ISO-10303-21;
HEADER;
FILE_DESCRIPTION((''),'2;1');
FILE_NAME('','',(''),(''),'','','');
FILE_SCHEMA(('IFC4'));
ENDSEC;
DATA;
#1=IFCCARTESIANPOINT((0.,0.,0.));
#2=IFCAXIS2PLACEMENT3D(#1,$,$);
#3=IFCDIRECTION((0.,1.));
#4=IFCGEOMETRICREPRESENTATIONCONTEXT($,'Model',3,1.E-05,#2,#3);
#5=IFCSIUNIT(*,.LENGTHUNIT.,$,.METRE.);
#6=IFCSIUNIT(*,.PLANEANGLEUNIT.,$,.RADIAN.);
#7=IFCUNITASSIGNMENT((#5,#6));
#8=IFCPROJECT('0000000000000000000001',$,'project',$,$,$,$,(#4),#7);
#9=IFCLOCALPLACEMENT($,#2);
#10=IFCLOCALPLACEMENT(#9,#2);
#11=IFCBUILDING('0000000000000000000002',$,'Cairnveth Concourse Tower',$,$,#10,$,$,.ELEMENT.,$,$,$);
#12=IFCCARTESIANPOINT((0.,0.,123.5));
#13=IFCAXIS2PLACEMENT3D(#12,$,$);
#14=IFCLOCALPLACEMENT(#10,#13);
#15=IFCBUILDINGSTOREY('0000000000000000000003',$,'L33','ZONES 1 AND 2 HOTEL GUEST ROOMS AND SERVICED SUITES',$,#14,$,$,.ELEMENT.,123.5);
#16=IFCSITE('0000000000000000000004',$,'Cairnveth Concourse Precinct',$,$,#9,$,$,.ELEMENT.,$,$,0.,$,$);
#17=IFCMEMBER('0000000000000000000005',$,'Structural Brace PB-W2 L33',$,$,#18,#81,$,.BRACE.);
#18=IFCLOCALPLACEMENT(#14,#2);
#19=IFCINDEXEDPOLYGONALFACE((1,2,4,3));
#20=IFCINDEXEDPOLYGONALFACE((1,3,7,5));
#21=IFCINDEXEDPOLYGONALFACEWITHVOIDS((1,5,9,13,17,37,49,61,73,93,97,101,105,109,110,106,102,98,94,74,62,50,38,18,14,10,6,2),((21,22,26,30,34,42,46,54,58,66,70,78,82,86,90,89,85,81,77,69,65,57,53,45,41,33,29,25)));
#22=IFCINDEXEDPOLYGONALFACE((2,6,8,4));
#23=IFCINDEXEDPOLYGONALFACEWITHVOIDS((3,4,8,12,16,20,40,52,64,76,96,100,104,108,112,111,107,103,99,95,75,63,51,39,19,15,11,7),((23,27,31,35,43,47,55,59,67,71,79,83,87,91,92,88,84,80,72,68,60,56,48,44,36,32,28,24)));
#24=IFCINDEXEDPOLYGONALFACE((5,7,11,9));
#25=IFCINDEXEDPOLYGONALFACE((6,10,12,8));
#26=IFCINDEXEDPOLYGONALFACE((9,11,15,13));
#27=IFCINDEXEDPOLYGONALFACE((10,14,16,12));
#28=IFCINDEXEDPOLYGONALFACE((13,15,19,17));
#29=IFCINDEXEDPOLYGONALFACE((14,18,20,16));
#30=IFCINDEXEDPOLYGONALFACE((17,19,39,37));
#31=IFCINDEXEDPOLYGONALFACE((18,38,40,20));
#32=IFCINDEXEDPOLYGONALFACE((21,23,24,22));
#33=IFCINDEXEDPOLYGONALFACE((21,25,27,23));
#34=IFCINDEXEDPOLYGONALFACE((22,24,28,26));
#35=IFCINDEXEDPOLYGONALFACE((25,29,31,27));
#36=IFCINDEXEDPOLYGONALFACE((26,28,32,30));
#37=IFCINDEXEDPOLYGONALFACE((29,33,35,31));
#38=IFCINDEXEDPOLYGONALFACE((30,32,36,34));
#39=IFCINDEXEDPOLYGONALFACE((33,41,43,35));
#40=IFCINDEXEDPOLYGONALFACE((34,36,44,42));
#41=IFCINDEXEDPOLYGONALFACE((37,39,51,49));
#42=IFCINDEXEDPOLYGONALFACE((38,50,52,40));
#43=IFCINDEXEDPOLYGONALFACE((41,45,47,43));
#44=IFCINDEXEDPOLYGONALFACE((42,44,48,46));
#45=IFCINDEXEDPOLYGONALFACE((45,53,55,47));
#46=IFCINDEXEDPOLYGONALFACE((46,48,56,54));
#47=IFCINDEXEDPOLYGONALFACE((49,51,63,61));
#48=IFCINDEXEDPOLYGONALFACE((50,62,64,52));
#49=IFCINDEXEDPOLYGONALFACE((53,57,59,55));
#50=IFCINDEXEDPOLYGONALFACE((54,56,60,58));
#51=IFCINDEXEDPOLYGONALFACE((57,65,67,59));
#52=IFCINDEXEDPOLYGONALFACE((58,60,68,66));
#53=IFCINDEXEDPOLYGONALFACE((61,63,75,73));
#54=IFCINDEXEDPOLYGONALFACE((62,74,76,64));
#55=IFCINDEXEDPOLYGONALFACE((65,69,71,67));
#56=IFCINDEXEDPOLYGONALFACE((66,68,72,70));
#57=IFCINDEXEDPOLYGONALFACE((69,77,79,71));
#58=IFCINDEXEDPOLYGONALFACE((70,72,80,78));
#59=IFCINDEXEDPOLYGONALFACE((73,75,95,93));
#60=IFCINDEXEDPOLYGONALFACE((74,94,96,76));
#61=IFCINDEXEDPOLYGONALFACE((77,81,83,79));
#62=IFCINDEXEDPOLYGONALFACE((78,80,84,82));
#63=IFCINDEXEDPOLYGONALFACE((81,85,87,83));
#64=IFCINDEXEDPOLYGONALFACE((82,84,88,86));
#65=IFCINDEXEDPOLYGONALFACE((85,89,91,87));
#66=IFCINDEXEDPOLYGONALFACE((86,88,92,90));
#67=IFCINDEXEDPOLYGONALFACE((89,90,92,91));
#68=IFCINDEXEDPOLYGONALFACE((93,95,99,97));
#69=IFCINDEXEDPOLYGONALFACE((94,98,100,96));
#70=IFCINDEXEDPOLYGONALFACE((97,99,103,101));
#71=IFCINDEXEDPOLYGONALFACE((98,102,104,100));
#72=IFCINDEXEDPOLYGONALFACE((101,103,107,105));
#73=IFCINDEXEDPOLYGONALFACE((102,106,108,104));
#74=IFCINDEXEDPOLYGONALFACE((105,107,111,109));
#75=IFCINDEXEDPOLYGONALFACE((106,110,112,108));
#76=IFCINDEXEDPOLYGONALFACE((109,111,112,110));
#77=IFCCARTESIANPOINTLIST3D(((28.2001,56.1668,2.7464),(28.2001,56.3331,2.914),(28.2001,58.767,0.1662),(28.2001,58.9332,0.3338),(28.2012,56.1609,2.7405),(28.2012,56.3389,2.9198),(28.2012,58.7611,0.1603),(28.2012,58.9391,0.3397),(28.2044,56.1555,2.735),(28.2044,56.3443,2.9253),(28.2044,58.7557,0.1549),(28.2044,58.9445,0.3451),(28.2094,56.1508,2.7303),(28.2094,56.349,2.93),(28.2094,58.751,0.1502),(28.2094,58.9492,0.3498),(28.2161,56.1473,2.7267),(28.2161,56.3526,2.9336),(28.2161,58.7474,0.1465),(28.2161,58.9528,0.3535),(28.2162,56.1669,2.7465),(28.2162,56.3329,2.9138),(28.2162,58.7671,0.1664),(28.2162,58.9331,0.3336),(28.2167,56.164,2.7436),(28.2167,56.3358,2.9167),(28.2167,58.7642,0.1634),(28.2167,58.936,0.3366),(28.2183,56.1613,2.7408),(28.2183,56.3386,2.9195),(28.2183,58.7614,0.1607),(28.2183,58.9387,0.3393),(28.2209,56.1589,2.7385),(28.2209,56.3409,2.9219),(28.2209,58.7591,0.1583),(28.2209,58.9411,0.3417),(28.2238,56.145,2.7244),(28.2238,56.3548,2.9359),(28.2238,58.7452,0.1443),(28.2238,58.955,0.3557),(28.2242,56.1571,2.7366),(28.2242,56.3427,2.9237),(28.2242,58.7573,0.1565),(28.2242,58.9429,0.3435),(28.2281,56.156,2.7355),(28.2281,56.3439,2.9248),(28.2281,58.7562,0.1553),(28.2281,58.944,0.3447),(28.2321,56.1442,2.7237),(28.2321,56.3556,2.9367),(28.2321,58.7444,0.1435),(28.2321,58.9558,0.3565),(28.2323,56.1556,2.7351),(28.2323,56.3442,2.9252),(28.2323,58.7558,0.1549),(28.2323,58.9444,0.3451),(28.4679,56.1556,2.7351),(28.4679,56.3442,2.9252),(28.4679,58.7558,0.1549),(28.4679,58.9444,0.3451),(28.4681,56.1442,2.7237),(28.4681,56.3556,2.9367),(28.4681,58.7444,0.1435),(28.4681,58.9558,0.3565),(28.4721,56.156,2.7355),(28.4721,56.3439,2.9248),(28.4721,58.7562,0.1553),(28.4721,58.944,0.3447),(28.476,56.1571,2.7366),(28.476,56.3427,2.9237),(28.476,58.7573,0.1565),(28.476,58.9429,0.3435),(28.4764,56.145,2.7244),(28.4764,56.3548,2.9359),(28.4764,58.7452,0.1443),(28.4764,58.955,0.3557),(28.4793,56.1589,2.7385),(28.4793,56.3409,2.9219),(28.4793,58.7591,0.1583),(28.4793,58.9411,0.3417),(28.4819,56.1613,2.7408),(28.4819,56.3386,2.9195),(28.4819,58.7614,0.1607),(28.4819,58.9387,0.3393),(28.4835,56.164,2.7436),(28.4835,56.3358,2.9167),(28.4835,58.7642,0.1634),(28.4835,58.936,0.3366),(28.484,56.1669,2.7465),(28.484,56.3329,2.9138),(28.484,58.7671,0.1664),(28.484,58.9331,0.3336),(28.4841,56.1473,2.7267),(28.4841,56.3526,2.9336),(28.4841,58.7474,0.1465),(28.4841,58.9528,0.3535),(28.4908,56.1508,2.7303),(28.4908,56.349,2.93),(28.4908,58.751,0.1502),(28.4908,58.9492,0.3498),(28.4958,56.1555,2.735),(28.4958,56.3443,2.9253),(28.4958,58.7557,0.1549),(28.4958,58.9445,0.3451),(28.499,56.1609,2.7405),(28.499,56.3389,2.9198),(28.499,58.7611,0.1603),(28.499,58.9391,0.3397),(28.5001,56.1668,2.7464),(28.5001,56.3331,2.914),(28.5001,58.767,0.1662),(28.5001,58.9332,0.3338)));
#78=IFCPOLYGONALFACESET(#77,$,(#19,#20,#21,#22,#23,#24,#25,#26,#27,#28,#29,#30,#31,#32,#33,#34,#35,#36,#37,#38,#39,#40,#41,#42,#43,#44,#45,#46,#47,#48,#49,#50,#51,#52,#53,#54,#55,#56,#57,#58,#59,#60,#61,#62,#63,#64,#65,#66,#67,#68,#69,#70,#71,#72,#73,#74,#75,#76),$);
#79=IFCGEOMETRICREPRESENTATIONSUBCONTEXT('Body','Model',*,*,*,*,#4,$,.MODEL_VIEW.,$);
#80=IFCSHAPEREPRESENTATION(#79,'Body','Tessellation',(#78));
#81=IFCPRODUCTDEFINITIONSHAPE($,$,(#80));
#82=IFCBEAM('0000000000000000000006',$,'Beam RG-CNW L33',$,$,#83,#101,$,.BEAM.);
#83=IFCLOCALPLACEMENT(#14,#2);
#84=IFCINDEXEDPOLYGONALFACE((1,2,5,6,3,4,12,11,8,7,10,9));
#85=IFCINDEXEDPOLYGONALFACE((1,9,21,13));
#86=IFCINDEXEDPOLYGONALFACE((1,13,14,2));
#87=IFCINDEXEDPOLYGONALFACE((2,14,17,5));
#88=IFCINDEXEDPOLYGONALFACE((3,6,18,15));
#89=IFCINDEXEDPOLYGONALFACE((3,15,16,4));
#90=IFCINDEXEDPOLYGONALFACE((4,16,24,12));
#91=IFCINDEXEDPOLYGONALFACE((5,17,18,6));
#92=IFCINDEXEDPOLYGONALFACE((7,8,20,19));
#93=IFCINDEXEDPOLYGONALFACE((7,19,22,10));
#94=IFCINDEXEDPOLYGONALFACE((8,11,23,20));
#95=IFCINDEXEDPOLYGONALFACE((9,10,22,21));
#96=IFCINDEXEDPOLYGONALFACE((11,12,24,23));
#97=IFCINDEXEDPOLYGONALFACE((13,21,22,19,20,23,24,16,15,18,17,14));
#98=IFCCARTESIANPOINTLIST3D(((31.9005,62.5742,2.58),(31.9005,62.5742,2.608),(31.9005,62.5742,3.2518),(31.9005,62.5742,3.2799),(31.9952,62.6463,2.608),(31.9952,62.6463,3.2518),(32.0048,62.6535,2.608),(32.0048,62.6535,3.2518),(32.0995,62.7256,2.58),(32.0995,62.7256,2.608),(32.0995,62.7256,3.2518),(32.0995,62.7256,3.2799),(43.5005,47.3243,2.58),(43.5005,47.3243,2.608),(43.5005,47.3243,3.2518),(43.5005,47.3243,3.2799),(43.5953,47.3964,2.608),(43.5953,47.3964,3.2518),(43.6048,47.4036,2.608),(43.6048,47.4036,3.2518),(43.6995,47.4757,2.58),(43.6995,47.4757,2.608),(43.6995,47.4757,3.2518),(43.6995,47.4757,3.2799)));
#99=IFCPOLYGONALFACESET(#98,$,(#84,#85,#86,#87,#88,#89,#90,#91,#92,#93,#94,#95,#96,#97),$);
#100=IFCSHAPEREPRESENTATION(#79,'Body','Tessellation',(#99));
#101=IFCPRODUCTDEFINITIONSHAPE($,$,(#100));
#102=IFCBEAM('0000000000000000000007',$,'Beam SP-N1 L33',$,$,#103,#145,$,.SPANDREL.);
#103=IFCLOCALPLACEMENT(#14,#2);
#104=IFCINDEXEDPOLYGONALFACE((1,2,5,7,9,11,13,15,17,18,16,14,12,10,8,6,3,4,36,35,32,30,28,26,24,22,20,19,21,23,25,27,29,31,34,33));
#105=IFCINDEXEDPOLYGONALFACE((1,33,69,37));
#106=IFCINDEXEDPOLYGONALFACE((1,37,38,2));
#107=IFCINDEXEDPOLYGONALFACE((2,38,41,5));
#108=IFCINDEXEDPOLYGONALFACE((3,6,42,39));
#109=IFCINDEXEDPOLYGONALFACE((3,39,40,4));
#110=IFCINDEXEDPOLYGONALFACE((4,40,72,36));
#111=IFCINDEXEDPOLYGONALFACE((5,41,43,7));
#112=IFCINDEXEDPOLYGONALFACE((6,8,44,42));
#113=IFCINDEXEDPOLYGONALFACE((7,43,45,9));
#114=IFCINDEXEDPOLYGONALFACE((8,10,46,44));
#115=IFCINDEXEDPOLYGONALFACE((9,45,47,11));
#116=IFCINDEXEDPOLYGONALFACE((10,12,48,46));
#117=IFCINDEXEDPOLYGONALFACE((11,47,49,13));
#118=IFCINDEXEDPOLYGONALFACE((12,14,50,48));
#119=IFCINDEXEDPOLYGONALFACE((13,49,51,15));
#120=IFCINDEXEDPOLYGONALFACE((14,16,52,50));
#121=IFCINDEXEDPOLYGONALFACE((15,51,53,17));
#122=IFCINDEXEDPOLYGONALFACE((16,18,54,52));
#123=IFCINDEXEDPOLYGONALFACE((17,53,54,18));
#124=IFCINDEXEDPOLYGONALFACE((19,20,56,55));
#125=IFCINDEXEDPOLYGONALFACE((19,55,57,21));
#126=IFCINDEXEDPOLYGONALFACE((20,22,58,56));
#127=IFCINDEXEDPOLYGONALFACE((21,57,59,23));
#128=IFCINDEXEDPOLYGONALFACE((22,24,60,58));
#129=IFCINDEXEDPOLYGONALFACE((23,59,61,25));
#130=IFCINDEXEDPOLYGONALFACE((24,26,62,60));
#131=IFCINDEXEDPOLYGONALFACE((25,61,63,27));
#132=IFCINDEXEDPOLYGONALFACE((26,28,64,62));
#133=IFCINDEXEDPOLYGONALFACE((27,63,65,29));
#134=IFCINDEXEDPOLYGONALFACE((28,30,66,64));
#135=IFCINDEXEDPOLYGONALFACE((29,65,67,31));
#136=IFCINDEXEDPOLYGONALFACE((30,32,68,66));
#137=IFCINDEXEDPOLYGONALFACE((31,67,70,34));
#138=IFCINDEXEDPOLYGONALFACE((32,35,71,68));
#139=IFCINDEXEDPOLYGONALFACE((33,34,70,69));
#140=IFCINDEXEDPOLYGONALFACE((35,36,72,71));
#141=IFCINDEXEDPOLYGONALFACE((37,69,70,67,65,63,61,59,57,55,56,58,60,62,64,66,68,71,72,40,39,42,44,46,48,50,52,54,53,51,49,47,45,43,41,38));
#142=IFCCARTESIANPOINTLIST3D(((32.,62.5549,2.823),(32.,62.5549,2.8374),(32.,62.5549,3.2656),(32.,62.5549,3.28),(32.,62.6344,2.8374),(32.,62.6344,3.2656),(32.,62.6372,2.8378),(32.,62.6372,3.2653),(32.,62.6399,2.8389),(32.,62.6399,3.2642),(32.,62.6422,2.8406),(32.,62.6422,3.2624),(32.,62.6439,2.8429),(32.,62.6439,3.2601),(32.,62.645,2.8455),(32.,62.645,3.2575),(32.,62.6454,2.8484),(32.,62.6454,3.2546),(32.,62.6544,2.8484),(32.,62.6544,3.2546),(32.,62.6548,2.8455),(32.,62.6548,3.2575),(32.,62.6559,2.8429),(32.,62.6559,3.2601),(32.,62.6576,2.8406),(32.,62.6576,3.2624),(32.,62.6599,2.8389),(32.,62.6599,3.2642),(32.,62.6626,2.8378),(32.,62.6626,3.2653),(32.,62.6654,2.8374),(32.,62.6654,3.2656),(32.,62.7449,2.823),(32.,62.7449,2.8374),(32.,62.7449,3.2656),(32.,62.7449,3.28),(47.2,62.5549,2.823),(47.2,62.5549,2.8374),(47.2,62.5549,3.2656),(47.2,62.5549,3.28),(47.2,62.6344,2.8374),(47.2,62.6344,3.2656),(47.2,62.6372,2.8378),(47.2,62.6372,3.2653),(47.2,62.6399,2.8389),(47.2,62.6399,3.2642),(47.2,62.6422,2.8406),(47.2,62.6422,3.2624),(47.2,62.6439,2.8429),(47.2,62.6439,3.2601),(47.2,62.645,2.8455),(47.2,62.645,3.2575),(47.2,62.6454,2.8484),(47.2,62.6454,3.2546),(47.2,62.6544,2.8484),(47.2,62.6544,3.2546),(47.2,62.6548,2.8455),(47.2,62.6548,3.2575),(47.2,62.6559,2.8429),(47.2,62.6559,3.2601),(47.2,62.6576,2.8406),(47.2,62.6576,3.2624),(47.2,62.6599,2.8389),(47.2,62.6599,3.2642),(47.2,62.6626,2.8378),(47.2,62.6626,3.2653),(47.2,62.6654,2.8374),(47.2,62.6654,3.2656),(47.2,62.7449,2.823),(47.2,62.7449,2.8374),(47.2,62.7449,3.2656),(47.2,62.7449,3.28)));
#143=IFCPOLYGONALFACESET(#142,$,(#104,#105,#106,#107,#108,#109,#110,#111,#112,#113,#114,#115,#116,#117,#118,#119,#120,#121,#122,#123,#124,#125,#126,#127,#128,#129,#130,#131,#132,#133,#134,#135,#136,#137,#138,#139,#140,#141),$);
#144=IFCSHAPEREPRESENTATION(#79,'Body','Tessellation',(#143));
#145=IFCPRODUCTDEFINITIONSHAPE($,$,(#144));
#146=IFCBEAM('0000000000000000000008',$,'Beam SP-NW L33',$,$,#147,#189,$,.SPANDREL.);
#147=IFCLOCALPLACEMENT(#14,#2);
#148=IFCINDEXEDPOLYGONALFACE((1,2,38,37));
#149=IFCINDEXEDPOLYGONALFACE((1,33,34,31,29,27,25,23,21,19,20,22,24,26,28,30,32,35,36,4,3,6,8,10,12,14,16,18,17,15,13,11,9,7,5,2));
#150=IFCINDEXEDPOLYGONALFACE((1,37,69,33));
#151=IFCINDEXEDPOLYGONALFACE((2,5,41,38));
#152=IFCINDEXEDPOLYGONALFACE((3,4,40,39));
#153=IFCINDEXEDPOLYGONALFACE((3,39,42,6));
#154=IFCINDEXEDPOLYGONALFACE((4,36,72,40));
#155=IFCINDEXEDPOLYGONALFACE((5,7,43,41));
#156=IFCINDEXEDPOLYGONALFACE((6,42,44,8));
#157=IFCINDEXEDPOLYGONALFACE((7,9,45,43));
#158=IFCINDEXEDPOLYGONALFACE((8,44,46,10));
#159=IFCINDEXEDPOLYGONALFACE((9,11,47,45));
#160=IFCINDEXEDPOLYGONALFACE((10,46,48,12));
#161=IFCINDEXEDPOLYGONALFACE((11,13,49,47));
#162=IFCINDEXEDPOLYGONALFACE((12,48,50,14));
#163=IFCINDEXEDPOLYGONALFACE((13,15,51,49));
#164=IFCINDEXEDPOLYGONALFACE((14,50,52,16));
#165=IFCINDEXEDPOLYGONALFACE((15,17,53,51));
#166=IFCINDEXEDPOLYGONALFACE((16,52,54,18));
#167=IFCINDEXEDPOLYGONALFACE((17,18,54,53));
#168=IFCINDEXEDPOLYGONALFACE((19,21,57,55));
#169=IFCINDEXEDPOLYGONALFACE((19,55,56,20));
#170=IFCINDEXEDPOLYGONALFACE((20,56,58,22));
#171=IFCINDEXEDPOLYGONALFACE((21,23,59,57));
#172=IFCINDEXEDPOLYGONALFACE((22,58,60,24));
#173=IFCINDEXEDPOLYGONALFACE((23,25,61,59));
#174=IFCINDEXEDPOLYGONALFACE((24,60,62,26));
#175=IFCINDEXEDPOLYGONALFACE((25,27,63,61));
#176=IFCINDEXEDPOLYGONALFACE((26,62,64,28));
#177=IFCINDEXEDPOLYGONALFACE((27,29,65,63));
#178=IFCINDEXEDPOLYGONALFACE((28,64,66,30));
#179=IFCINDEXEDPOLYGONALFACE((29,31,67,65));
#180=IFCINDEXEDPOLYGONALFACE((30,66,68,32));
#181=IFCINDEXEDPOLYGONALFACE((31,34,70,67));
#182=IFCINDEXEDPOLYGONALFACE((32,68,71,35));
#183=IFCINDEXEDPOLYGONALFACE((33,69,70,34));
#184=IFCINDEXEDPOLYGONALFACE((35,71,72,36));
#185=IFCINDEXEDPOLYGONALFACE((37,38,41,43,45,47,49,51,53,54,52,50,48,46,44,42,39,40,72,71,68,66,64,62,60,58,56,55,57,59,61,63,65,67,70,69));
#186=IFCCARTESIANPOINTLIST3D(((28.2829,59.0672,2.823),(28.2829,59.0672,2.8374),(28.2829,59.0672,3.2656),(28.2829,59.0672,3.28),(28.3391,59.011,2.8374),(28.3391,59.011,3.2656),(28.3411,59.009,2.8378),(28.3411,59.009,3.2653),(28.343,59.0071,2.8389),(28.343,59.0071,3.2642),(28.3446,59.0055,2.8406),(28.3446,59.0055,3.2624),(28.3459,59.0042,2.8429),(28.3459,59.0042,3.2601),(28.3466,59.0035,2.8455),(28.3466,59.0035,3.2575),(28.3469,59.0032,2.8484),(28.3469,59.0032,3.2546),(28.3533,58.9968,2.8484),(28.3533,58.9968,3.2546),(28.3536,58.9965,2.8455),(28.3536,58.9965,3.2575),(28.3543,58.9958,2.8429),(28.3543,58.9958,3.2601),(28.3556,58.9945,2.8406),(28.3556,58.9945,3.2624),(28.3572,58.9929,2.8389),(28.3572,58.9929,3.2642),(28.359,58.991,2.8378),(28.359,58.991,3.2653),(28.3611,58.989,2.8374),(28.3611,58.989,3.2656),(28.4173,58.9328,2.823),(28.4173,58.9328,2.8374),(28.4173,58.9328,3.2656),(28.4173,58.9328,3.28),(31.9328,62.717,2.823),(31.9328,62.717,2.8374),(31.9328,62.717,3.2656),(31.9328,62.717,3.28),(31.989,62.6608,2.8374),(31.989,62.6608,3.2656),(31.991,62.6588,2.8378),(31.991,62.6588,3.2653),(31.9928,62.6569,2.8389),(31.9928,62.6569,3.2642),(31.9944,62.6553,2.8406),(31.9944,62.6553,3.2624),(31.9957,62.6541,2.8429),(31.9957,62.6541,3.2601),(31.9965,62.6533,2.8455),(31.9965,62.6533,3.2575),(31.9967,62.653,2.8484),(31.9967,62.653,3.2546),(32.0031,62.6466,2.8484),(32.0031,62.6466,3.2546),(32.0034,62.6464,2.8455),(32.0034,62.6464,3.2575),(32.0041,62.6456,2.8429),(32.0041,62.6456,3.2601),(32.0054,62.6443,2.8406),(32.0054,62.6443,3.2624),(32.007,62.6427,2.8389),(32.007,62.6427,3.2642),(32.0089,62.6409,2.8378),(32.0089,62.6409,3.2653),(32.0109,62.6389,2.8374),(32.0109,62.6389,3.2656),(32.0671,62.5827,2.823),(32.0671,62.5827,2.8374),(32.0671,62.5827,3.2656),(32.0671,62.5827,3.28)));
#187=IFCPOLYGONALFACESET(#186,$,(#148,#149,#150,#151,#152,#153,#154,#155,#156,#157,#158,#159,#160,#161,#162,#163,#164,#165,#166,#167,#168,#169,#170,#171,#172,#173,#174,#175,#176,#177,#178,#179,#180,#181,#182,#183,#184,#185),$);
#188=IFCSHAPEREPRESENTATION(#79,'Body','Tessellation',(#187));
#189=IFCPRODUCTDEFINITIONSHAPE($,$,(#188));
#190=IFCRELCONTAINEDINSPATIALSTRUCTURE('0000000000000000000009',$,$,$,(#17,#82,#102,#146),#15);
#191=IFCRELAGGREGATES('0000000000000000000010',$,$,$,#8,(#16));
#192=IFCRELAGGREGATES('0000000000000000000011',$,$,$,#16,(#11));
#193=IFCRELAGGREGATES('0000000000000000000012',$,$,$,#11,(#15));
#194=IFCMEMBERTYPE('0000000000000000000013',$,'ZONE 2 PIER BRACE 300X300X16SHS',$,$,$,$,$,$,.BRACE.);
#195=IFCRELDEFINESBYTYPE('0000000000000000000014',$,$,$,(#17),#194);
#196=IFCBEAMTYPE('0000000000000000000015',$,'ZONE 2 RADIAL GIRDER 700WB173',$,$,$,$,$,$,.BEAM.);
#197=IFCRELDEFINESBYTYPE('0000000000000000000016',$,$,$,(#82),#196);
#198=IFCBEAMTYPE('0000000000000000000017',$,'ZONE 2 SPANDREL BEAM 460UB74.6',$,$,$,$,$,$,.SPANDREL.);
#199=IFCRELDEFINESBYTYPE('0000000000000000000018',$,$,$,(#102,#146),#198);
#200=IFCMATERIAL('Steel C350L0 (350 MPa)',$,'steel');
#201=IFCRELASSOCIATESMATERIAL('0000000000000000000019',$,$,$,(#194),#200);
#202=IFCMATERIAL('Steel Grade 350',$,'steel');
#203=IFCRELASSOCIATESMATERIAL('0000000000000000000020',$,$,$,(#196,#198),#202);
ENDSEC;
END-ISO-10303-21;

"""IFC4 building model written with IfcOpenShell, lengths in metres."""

from ifc_helpers import new_model, si_unit, direction, frame, origin, origin_2d, place, context, subcontext, project, spatial, hollow_rectangle, i_section, extrude, material, material_profile, profile_set, type_object, element, save


model = new_model("IFC4")

# Units and contexts
model_context = context("Model", 3, precision=1e-05, world=origin(), true_north=direction((0.0, 1.0)))
body_context = subcontext(model_context, "Body", "Model", "MODEL_VIEW")
ifc_project = project(units=[si_unit("LENGTHUNIT", "METRE"), si_unit("PLANEANGLEUNIT", "RADIAN")], contexts=[model_context])

# Site, building, storey
site_placement = place(None, origin())
site = spatial("IfcSite", under=ifc_project, at=site_placement, Name="Cairnveth Concourse Precinct", CompositionType="ELEMENT", RefElevation=0.0)
building_placement = place(site_placement, origin())
building = spatial("IfcBuilding", under=site, at=building_placement, Name="Cairnveth Concourse Tower", CompositionType="ELEMENT")
storey_placement = place(building_placement, frame((0.0, 0.0, 123.5)))
storey = spatial("IfcBuildingStorey", under=building, at=storey_placement, Name="L33", Description="ZONES 1 AND 2 HOTEL GUEST ROOMS AND SERVICED SUITES", CompositionType="ELEMENT", Elevation=123.5)

# Shared definitions
ifc_material_1 = material(Name="Steel Grade 350", Category="steel")

# Member
ifc_material_2 = material(Name="Steel C350L0 (350 MPa)", Category="steel")
ifc_material_profile_1 = material_profile(ifc_material_2, hollow_rectangle(XDim=0.3, YDim=0.3, WallThickness=0.0161, InnerFilletRadius=0.0161, OuterFilletRadius=0.032, at=origin_2d()), Name="300x300x16.0SHS")
ifc_profile_set_1 = profile_set([ifc_material_profile_1], Name="Steel C350L0 (350 MPa)")
member_type = type_object("IfcMemberType", Name="ZONE 2 PIER BRACE 300X300X16SHS", PredefinedType="BRACE", material=ifc_profile_set_1)
for number, where, z_axis, x_axis, name in (
    (1, (28.3501, 58.8501, 0.25), (0.0, -0.709834, 0.704369), (1.0, 0.0, 0.0), "Structural Brace PB-W2 L33"),
):
    element("IfcMember", number, at=place(storey_placement, frame(where, z_axis=z_axis, x_axis=x_axis)), inside=storey, type_object=member_type, Name=name, PredefinedType="BRACE", context=body_context, shape_type="SweptSolid", body=[
        extrude(hollow_rectangle(XDim=0.3, YDim=0.3, WallThickness=0.0161, InnerFilletRadius=0.0161, OuterFilletRadius=0.032, at=origin_2d()), origin(), (0.0, 0.0, 1.0), 3.6631),
    ])

# Beams
ifc_material_profile_2 = material_profile(ifc_material_1, i_section(OverallWidth=0.25, OverallDepth=0.7, WebThickness=0.012, FlangeThickness=0.0281, at=origin_2d()), Name="700WB173")
ifc_profile_set_2 = profile_set([ifc_material_profile_2], Name="Steel Grade 350")
beam_type_1 = type_object("IfcBeamType", Name="ZONE 2 RADIAL GIRDER 700WB173", PredefinedType="BEAM", material=ifc_profile_set_2)
beam_1_placement = place(storey_placement, frame((32.0, 62.6499, 2.9299), z_axis=(0.605417, -0.795908, 0.0), x_axis=(0.795908, 0.605417, 0.0)))
element("IfcBeam", 2, at=beam_1_placement, inside=storey, type_object=beam_type_1, Name="Beam RG-CNW L33", PredefinedType="BEAM", context=body_context, shape_type="SweptSolid", body=[
    extrude(i_section(OverallWidth=0.25, OverallDepth=0.7, WebThickness=0.012, FlangeThickness=0.0281, at=origin_2d()), origin(), (0.0, 0.0, 1.0), 19.1604),
])
ifc_material_profile_3 = material_profile(ifc_material_1, i_section(OverallWidth=0.1899, OverallDepth=0.457, WebThickness=0.009, FlangeThickness=0.0144, FilletRadius=0.011, at=origin_2d()), Name="460UB74.6")
ifc_profile_set_3 = profile_set([ifc_material_profile_3], Name="Steel Grade 350")
beam_type_2 = type_object("IfcBeamType", Name="ZONE 2 SPANDREL BEAM 460UB74.6", PredefinedType="SPANDREL", material=ifc_profile_set_3)
beam_2_placement = place(storey_placement, frame((32.0, 62.6499, 3.0515), z_axis=(1.0, 0.0, 0.0), x_axis=(0.0, 1.0, 0.0)))
element("IfcBeam", 3, at=beam_2_placement, inside=storey, type_object=beam_type_2, Name="Beam SP-N1 L33", PredefinedType="SPANDREL", context=body_context, shape_type="SweptSolid", body=[
    extrude(i_section(OverallWidth=0.1899, OverallDepth=0.457, WebThickness=0.009, FlangeThickness=0.0144, FilletRadius=0.011, at=origin_2d()), origin(), (0.0, 0.0, 1.0), 15.2),
])
beam_3_placement = place(storey_placement, frame((28.3501, 59.0, 3.0515), z_axis=(0.707107, 0.707107, 0.0), x_axis=(-0.707107, 0.707107, 0.0)))
element("IfcBeam", 4, at=beam_3_placement, inside=storey, type_object=beam_type_2, Name="Beam SP-NW L33", PredefinedType="SPANDREL", context=body_context, shape_type="SweptSolid", body=[
    extrude(i_section(OverallWidth=0.1899, OverallDepth=0.457, WebThickness=0.009, FlangeThickness=0.0144, FilletRadius=0.011, at=origin_2d()), origin(), (0.0, 0.0, 1.0), 5.1616),
])

save(model, "model.ifc")
